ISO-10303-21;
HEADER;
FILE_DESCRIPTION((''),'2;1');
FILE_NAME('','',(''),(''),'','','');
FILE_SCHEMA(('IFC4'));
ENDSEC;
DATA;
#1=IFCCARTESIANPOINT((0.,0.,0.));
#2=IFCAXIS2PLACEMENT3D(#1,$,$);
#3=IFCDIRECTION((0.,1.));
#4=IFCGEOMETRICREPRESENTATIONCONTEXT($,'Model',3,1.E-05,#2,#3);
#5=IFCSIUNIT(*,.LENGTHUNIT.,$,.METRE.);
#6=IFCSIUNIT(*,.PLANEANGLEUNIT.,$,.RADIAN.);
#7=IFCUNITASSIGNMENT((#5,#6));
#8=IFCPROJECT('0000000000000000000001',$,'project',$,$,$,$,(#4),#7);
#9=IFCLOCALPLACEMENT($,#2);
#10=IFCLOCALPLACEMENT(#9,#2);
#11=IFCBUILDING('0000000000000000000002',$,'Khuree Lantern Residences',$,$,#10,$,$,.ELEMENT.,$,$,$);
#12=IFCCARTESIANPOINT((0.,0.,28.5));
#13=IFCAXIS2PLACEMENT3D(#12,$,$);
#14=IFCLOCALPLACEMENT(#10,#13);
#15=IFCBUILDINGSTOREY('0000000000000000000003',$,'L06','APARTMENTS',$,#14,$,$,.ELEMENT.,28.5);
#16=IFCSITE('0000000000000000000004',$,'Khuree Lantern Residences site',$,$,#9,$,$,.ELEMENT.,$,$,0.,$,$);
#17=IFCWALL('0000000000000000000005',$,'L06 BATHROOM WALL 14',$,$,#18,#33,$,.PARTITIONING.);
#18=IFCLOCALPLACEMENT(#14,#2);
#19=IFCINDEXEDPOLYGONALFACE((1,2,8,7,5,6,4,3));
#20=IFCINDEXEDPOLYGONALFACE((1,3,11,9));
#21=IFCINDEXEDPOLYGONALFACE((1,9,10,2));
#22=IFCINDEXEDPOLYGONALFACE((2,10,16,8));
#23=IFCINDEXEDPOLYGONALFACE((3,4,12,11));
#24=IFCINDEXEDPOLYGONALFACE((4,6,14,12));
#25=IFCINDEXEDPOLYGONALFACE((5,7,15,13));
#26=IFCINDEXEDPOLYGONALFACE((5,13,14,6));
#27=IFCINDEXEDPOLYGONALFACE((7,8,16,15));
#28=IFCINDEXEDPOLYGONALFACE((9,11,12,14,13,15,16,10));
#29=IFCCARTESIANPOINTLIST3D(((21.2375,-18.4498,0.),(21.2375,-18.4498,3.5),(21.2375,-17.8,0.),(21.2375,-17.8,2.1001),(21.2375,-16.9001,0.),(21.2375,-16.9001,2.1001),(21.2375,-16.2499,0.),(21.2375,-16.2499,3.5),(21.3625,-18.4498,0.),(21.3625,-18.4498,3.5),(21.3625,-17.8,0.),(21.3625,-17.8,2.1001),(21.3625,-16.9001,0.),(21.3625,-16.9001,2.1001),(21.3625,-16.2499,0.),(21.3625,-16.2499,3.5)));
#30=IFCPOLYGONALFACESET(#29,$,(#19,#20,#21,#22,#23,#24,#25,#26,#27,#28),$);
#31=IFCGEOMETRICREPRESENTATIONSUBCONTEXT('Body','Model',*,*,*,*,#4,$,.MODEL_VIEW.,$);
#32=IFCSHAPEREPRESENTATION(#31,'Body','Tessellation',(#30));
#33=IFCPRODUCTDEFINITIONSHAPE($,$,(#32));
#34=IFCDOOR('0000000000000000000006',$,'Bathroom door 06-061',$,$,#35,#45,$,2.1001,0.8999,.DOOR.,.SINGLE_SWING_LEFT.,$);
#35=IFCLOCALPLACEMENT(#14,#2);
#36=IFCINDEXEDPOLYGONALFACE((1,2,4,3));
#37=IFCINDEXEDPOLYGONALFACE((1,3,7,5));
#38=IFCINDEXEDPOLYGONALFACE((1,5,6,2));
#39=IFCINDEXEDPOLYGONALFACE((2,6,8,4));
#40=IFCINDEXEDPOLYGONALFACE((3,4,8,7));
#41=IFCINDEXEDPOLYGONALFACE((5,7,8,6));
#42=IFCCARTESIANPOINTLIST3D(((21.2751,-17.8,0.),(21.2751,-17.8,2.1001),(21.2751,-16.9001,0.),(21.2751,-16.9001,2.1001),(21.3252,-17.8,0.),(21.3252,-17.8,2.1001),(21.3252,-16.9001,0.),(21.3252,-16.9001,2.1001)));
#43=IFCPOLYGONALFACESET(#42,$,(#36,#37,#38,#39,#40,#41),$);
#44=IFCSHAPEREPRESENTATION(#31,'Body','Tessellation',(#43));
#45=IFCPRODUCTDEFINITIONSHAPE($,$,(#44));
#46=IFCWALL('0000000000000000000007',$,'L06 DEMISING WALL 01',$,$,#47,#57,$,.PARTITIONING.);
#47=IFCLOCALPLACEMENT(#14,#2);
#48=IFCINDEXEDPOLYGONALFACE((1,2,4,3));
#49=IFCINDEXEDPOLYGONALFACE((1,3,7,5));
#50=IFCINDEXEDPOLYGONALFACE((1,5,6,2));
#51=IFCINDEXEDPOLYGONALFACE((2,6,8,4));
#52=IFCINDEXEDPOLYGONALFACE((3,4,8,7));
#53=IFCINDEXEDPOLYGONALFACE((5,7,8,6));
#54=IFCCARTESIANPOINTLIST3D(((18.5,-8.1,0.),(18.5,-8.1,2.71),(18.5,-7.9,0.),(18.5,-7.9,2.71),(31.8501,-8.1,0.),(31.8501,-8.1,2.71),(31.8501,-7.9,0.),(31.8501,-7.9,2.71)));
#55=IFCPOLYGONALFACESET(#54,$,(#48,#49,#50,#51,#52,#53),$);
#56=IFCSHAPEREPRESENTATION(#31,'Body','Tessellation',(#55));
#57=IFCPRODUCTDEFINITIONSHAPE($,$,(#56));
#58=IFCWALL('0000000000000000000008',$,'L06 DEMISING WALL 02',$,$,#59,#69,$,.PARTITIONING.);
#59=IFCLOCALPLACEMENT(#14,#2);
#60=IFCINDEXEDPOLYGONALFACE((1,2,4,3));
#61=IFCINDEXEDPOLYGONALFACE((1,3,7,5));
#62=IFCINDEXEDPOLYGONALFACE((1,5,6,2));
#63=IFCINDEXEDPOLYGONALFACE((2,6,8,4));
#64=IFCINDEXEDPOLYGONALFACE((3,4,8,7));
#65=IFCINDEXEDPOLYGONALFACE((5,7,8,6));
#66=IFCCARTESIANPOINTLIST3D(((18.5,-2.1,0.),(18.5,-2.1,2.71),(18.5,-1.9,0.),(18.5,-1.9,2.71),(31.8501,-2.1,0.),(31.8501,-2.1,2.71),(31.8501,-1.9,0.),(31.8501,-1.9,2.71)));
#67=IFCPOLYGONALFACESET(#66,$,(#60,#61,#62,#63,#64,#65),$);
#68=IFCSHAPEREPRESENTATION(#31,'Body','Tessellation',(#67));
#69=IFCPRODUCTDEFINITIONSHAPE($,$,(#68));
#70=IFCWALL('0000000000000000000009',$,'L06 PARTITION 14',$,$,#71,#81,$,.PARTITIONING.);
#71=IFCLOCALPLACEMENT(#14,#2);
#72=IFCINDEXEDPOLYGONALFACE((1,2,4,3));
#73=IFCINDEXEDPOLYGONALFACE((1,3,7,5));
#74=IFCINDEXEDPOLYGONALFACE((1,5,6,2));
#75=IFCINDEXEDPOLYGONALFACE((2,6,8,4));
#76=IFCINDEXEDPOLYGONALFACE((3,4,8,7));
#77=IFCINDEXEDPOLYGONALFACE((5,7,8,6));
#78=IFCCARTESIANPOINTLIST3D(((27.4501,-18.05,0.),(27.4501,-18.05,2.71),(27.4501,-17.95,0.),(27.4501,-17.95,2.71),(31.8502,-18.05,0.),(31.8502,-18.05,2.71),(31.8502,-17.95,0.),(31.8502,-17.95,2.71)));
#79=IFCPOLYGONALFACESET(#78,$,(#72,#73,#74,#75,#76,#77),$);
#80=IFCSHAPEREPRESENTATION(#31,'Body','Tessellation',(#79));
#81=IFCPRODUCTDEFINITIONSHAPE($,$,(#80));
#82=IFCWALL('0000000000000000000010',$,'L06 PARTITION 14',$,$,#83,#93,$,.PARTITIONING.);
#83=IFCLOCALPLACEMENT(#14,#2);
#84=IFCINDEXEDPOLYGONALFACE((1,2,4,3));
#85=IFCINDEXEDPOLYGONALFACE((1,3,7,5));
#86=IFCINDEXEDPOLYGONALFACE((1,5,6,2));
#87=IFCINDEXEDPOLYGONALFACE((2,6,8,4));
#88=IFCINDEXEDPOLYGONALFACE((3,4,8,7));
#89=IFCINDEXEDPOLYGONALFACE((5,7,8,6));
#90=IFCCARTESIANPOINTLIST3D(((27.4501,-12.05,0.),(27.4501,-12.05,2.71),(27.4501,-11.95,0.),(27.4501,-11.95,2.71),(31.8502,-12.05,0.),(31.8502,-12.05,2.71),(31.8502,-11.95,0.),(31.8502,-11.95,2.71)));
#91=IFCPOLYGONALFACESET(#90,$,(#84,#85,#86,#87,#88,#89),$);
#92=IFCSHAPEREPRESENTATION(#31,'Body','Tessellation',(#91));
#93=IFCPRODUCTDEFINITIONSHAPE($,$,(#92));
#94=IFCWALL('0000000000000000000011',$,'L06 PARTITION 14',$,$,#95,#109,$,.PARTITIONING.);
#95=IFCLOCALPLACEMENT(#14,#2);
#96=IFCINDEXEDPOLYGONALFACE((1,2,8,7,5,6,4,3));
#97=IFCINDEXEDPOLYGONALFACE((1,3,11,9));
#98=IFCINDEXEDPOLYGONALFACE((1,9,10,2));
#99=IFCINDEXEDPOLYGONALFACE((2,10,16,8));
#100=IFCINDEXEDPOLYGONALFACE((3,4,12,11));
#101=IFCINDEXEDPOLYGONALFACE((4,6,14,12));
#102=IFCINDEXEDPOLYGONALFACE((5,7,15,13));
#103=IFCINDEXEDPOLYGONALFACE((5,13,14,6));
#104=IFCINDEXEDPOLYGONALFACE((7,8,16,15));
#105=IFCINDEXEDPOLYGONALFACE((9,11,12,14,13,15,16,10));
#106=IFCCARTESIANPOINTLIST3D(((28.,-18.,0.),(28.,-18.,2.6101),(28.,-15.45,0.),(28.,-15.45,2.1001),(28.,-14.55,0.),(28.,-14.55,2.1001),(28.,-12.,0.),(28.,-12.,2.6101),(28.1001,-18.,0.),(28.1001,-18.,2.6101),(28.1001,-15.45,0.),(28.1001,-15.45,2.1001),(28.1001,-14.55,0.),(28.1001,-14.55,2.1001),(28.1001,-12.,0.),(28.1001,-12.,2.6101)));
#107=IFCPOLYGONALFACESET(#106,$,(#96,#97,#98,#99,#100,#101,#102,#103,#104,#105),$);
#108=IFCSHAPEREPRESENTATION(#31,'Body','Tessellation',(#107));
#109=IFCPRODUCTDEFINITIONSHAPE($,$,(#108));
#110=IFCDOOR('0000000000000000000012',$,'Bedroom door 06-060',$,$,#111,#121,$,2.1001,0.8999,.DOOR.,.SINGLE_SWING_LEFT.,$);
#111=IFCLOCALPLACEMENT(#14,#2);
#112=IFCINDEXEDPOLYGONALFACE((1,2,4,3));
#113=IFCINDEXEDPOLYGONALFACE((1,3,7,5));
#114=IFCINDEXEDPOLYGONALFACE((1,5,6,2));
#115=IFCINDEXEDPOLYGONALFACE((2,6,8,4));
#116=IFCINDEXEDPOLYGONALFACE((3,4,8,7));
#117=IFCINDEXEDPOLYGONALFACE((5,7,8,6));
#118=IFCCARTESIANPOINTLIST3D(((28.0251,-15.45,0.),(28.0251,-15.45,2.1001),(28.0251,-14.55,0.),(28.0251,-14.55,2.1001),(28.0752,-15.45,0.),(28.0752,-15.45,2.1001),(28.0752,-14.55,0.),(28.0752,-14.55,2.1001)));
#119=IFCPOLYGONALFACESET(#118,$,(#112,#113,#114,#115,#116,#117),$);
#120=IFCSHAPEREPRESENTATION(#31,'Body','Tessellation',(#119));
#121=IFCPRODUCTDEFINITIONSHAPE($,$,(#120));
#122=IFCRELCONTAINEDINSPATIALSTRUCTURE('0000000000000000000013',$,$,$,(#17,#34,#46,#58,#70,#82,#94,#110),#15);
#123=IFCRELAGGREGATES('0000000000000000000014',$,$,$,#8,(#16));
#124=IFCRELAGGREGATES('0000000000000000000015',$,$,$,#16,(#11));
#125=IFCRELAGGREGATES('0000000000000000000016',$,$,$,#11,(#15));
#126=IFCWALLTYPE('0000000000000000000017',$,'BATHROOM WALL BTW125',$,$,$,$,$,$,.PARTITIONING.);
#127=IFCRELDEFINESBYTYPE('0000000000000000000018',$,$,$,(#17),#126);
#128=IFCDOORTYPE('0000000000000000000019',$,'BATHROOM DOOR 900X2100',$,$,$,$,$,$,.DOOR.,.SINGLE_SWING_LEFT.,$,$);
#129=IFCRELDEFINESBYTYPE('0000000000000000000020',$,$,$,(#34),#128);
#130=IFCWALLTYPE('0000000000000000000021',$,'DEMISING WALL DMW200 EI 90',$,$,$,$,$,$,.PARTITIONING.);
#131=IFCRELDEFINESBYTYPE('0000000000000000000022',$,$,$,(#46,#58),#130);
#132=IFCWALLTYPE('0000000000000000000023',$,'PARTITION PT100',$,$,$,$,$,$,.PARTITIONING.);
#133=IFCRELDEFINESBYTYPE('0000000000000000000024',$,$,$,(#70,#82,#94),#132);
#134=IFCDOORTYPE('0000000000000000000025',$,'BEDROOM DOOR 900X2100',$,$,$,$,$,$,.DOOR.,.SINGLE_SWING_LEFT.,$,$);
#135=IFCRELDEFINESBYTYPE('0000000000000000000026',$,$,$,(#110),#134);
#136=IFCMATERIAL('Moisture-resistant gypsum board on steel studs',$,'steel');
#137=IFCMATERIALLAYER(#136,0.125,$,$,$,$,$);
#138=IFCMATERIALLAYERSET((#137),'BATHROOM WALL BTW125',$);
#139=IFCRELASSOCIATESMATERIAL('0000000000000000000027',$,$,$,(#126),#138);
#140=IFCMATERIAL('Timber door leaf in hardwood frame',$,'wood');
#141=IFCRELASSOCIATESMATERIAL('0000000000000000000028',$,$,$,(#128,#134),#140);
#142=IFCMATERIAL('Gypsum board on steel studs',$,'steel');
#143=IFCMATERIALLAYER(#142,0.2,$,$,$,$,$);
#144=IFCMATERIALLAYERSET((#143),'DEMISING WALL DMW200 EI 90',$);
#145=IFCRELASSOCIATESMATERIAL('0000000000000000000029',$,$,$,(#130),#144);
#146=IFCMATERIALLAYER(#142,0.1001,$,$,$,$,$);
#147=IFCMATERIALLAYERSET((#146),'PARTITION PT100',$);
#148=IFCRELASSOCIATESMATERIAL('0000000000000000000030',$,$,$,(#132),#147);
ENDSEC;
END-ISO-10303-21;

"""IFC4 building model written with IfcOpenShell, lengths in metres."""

from ifc_helpers import new_model, si_unit, direction, frame, frame_2d, origin, place, context, subcontext, project, spatial, rectangle, extrude, material, layer, layer_set, type_object, element, fill, save


model = new_model("IFC4")

# Units and contexts
model_context = context("Model", 3, precision=1e-05, world=origin(), true_north=direction((0.0, 1.0)))
body_context = subcontext(model_context, "Body", "Model", "MODEL_VIEW")
ifc_project = project(units=[si_unit("LENGTHUNIT", "METRE"), si_unit("PLANEANGLEUNIT", "RADIAN")], contexts=[model_context])

# Site, building, storey
site_placement = place(None, origin())
site = spatial("IfcSite", under=ifc_project, at=site_placement, Name="Khuree Lantern Residences site", CompositionType="ELEMENT", RefElevation=0.0)
building_placement = place(site_placement, origin())
building = spatial("IfcBuilding", under=site, at=building_placement, Name="Khuree Lantern Residences", CompositionType="ELEMENT")
storey_placement = place(building_placement, frame((0.0, 0.0, 28.5)))
storey = spatial("IfcBuildingStorey", under=building, at=storey_placement, Name="L06", Description="APARTMENTS", CompositionType="ELEMENT", Elevation=28.5)

# Shared definitions
ifc_material_1 = material(Name="Moisture-resistant gypsum board on steel studs", Category="steel")
ifc_layer_1 = layer(ifc_material_1, 0.125)
ifc_layer_set_1 = layer_set([ifc_layer_1], Name="BATHROOM WALL BTW125")
wall_type_1 = type_object("IfcWallType", Name="BATHROOM WALL BTW125", PredefinedType="PARTITIONING", material=ifc_layer_set_1)
ifc_material_2 = material(Name="Timber door leaf in hardwood frame", Category="wood")
door_type_1 = type_object("IfcDoorType", Name="BATHROOM DOOR 900X2100", OperationType="SINGLE_SWING_LEFT", PredefinedType="DOOR", material=ifc_material_2)

# Wall, opening, door
wall_1_placement = place(storey_placement, frame((21.3, -18.45, 0.0), z_axis=(0.0, 0.0, 1.0), x_axis=(0.0, 1.0, 0.0)))
wall_1 = element("IfcWall", 1, at=wall_1_placement, inside=storey, type_object=wall_type_1, Name="L06 BATHROOM WALL 14", PredefinedType="PARTITIONING", context=body_context, shape_type="SweptSolid", body=[
    extrude(rectangle(XDim=2.2, YDim=0.125, at=frame_2d((1.1001, 0.0))), origin(), (0.0, 0.0, 1.0), 3.5),
])
opening_1_placement = place(wall_1_placement, frame((0.6499, 0.0, 0.0)))
opening_1 = element("IfcOpeningElement", 2, at=opening_1_placement, cuts=wall_1, PredefinedType="OPENING", context=body_context, shape_type="SweptSolid", body=[
    extrude(rectangle(XDim=0.8999, YDim=2.1001, at=frame_2d((0.45, 1.05))), frame((0.0, 0.0725, 0.0), z_axis=(0.0, -1.0, 0.0), x_axis=(1.0, 0.0, 0.0)), (0.0, 0.0, 1.0), 0.145),
])
door_1_placement = place(opening_1_placement, origin())
door_1 = element("IfcDoor", 3, at=door_1_placement, inside=storey, type_object=door_type_1, Name="Bathroom door 06-061", OperationType="SINGLE_SWING_LEFT", OverallHeight=2.1001, OverallWidth=0.8999, PredefinedType="DOOR", context=body_context, shape_type="SweptSolid", body=[
    extrude(rectangle(XDim=0.8999, YDim=2.1001, at=frame_2d((0.45, 1.05))), frame((0.0, 0.0249, 0.0), z_axis=(0.0, -1.0, 0.0), x_axis=(1.0, 0.0, 0.0)), (0.0, 0.0, 1.0), 0.05),
])
fill(opening_1, door_1)

# Walls
ifc_material_3 = material(Name="Gypsum board on steel studs", Category="steel")
ifc_layer_2 = layer(ifc_material_3, 0.2)
ifc_layer_set_2 = layer_set([ifc_layer_2], Name="DEMISING WALL DMW200 EI 90")
wall_type_2 = type_object("IfcWallType", Name="DEMISING WALL DMW200 EI 90", PredefinedType="PARTITIONING", material=ifc_layer_set_2)
for number, where, z_axis, x_axis, name in (
    (4, (18.5, -8.0, 0.0), (0.0, 0.0, 1.0), (1.0, 0.0, 0.0), "L06 DEMISING WALL 01"),
    (5, (18.5, -2.0, 0.0), (0.0, 0.0, 1.0), (1.0, 0.0, 0.0), "L06 DEMISING WALL 02"),
):
    element("IfcWall", number, at=place(storey_placement, frame(where, z_axis=z_axis, x_axis=x_axis)), inside=storey, type_object=wall_type_2, Name=name, PredefinedType="PARTITIONING", context=body_context, shape_type="SweptSolid", body=[
        extrude(rectangle(XDim=13.3501, YDim=0.2, at=frame_2d((6.675, 0.0))), origin(), (0.0, 0.0, 1.0), 2.71),
    ])
ifc_layer_3 = layer(ifc_material_3, 0.1001)
ifc_layer_set_3 = layer_set([ifc_layer_3], Name="PARTITION PT100")
wall_type_3 = type_object("IfcWallType", Name="PARTITION PT100", PredefinedType="PARTITIONING", material=ifc_layer_set_3)
for number, where, z_axis, x_axis, name in (
    (6, (27.45, -18.0, 0.0), (0.0, 0.0, 1.0), (1.0, 0.0, 0.0), "L06 PARTITION 14"),
    (7, (27.45, -12.0, 0.0), (0.0, 0.0, 1.0), (1.0, 0.0, 0.0), "L06 PARTITION 14"),
):
    element("IfcWall", number, at=place(storey_placement, frame(where, z_axis=z_axis, x_axis=x_axis)), inside=storey, type_object=wall_type_3, Name=name, PredefinedType="PARTITIONING", context=body_context, shape_type="SweptSolid", body=[
        extrude(rectangle(XDim=4.4001, YDim=0.1001, at=frame_2d((2.2002, 0.0))), origin(), (0.0, 0.0, 1.0), 2.71),
    ])

# Wall, opening, door
wall_2_placement = place(storey_placement, frame((28.05, -18.0, 0.0), z_axis=(0.0, 0.0, 1.0), x_axis=(0.0, 1.0, 0.0)))
wall_2 = element("IfcWall", 8, at=wall_2_placement, inside=storey, type_object=wall_type_3, Name="L06 PARTITION 14", PredefinedType="PARTITIONING", context=body_context, shape_type="SweptSolid", body=[
    extrude(rectangle(XDim=6.0, YDim=0.1001, at=frame_2d((3.0, 0.0))), origin(), (0.0, 0.0, 1.0), 2.6101),
])
opening_2_placement = place(wall_2_placement, frame((2.55, 0.0, 0.0)))
opening_2 = element("IfcOpeningElement", 9, at=opening_2_placement, cuts=wall_2, PredefinedType="OPENING", context=body_context, shape_type="SweptSolid", body=[
    extrude(rectangle(XDim=0.8999, YDim=2.1001, at=frame_2d((0.45, 1.05))), frame((0.0, 0.0601, 0.0), z_axis=(0.0, -1.0, 0.0), x_axis=(1.0, 0.0, 0.0)), (0.0, 0.0, 1.0), 0.1201),
])
door_type_2 = type_object("IfcDoorType", Name="BEDROOM DOOR 900X2100", OperationType="SINGLE_SWING_LEFT", PredefinedType="DOOR", material=ifc_material_2)
door_2_placement = place(opening_2_placement, origin())
door_2 = element("IfcDoor", 10, at=door_2_placement, inside=storey, type_object=door_type_2, Name="Bedroom door 06-060", OperationType="SINGLE_SWING_LEFT", OverallHeight=2.1001, OverallWidth=0.8999, PredefinedType="DOOR", context=body_context, shape_type="SweptSolid", body=[
    extrude(rectangle(XDim=0.8999, YDim=2.1001, at=frame_2d((0.45, 1.05))), frame((0.0, 0.0249, 0.0), z_axis=(0.0, -1.0, 0.0), x_axis=(1.0, 0.0, 0.0)), (0.0, 0.0, 1.0), 0.05),
])
fill(opening_2, door_2)

save(model, "model.ifc")
